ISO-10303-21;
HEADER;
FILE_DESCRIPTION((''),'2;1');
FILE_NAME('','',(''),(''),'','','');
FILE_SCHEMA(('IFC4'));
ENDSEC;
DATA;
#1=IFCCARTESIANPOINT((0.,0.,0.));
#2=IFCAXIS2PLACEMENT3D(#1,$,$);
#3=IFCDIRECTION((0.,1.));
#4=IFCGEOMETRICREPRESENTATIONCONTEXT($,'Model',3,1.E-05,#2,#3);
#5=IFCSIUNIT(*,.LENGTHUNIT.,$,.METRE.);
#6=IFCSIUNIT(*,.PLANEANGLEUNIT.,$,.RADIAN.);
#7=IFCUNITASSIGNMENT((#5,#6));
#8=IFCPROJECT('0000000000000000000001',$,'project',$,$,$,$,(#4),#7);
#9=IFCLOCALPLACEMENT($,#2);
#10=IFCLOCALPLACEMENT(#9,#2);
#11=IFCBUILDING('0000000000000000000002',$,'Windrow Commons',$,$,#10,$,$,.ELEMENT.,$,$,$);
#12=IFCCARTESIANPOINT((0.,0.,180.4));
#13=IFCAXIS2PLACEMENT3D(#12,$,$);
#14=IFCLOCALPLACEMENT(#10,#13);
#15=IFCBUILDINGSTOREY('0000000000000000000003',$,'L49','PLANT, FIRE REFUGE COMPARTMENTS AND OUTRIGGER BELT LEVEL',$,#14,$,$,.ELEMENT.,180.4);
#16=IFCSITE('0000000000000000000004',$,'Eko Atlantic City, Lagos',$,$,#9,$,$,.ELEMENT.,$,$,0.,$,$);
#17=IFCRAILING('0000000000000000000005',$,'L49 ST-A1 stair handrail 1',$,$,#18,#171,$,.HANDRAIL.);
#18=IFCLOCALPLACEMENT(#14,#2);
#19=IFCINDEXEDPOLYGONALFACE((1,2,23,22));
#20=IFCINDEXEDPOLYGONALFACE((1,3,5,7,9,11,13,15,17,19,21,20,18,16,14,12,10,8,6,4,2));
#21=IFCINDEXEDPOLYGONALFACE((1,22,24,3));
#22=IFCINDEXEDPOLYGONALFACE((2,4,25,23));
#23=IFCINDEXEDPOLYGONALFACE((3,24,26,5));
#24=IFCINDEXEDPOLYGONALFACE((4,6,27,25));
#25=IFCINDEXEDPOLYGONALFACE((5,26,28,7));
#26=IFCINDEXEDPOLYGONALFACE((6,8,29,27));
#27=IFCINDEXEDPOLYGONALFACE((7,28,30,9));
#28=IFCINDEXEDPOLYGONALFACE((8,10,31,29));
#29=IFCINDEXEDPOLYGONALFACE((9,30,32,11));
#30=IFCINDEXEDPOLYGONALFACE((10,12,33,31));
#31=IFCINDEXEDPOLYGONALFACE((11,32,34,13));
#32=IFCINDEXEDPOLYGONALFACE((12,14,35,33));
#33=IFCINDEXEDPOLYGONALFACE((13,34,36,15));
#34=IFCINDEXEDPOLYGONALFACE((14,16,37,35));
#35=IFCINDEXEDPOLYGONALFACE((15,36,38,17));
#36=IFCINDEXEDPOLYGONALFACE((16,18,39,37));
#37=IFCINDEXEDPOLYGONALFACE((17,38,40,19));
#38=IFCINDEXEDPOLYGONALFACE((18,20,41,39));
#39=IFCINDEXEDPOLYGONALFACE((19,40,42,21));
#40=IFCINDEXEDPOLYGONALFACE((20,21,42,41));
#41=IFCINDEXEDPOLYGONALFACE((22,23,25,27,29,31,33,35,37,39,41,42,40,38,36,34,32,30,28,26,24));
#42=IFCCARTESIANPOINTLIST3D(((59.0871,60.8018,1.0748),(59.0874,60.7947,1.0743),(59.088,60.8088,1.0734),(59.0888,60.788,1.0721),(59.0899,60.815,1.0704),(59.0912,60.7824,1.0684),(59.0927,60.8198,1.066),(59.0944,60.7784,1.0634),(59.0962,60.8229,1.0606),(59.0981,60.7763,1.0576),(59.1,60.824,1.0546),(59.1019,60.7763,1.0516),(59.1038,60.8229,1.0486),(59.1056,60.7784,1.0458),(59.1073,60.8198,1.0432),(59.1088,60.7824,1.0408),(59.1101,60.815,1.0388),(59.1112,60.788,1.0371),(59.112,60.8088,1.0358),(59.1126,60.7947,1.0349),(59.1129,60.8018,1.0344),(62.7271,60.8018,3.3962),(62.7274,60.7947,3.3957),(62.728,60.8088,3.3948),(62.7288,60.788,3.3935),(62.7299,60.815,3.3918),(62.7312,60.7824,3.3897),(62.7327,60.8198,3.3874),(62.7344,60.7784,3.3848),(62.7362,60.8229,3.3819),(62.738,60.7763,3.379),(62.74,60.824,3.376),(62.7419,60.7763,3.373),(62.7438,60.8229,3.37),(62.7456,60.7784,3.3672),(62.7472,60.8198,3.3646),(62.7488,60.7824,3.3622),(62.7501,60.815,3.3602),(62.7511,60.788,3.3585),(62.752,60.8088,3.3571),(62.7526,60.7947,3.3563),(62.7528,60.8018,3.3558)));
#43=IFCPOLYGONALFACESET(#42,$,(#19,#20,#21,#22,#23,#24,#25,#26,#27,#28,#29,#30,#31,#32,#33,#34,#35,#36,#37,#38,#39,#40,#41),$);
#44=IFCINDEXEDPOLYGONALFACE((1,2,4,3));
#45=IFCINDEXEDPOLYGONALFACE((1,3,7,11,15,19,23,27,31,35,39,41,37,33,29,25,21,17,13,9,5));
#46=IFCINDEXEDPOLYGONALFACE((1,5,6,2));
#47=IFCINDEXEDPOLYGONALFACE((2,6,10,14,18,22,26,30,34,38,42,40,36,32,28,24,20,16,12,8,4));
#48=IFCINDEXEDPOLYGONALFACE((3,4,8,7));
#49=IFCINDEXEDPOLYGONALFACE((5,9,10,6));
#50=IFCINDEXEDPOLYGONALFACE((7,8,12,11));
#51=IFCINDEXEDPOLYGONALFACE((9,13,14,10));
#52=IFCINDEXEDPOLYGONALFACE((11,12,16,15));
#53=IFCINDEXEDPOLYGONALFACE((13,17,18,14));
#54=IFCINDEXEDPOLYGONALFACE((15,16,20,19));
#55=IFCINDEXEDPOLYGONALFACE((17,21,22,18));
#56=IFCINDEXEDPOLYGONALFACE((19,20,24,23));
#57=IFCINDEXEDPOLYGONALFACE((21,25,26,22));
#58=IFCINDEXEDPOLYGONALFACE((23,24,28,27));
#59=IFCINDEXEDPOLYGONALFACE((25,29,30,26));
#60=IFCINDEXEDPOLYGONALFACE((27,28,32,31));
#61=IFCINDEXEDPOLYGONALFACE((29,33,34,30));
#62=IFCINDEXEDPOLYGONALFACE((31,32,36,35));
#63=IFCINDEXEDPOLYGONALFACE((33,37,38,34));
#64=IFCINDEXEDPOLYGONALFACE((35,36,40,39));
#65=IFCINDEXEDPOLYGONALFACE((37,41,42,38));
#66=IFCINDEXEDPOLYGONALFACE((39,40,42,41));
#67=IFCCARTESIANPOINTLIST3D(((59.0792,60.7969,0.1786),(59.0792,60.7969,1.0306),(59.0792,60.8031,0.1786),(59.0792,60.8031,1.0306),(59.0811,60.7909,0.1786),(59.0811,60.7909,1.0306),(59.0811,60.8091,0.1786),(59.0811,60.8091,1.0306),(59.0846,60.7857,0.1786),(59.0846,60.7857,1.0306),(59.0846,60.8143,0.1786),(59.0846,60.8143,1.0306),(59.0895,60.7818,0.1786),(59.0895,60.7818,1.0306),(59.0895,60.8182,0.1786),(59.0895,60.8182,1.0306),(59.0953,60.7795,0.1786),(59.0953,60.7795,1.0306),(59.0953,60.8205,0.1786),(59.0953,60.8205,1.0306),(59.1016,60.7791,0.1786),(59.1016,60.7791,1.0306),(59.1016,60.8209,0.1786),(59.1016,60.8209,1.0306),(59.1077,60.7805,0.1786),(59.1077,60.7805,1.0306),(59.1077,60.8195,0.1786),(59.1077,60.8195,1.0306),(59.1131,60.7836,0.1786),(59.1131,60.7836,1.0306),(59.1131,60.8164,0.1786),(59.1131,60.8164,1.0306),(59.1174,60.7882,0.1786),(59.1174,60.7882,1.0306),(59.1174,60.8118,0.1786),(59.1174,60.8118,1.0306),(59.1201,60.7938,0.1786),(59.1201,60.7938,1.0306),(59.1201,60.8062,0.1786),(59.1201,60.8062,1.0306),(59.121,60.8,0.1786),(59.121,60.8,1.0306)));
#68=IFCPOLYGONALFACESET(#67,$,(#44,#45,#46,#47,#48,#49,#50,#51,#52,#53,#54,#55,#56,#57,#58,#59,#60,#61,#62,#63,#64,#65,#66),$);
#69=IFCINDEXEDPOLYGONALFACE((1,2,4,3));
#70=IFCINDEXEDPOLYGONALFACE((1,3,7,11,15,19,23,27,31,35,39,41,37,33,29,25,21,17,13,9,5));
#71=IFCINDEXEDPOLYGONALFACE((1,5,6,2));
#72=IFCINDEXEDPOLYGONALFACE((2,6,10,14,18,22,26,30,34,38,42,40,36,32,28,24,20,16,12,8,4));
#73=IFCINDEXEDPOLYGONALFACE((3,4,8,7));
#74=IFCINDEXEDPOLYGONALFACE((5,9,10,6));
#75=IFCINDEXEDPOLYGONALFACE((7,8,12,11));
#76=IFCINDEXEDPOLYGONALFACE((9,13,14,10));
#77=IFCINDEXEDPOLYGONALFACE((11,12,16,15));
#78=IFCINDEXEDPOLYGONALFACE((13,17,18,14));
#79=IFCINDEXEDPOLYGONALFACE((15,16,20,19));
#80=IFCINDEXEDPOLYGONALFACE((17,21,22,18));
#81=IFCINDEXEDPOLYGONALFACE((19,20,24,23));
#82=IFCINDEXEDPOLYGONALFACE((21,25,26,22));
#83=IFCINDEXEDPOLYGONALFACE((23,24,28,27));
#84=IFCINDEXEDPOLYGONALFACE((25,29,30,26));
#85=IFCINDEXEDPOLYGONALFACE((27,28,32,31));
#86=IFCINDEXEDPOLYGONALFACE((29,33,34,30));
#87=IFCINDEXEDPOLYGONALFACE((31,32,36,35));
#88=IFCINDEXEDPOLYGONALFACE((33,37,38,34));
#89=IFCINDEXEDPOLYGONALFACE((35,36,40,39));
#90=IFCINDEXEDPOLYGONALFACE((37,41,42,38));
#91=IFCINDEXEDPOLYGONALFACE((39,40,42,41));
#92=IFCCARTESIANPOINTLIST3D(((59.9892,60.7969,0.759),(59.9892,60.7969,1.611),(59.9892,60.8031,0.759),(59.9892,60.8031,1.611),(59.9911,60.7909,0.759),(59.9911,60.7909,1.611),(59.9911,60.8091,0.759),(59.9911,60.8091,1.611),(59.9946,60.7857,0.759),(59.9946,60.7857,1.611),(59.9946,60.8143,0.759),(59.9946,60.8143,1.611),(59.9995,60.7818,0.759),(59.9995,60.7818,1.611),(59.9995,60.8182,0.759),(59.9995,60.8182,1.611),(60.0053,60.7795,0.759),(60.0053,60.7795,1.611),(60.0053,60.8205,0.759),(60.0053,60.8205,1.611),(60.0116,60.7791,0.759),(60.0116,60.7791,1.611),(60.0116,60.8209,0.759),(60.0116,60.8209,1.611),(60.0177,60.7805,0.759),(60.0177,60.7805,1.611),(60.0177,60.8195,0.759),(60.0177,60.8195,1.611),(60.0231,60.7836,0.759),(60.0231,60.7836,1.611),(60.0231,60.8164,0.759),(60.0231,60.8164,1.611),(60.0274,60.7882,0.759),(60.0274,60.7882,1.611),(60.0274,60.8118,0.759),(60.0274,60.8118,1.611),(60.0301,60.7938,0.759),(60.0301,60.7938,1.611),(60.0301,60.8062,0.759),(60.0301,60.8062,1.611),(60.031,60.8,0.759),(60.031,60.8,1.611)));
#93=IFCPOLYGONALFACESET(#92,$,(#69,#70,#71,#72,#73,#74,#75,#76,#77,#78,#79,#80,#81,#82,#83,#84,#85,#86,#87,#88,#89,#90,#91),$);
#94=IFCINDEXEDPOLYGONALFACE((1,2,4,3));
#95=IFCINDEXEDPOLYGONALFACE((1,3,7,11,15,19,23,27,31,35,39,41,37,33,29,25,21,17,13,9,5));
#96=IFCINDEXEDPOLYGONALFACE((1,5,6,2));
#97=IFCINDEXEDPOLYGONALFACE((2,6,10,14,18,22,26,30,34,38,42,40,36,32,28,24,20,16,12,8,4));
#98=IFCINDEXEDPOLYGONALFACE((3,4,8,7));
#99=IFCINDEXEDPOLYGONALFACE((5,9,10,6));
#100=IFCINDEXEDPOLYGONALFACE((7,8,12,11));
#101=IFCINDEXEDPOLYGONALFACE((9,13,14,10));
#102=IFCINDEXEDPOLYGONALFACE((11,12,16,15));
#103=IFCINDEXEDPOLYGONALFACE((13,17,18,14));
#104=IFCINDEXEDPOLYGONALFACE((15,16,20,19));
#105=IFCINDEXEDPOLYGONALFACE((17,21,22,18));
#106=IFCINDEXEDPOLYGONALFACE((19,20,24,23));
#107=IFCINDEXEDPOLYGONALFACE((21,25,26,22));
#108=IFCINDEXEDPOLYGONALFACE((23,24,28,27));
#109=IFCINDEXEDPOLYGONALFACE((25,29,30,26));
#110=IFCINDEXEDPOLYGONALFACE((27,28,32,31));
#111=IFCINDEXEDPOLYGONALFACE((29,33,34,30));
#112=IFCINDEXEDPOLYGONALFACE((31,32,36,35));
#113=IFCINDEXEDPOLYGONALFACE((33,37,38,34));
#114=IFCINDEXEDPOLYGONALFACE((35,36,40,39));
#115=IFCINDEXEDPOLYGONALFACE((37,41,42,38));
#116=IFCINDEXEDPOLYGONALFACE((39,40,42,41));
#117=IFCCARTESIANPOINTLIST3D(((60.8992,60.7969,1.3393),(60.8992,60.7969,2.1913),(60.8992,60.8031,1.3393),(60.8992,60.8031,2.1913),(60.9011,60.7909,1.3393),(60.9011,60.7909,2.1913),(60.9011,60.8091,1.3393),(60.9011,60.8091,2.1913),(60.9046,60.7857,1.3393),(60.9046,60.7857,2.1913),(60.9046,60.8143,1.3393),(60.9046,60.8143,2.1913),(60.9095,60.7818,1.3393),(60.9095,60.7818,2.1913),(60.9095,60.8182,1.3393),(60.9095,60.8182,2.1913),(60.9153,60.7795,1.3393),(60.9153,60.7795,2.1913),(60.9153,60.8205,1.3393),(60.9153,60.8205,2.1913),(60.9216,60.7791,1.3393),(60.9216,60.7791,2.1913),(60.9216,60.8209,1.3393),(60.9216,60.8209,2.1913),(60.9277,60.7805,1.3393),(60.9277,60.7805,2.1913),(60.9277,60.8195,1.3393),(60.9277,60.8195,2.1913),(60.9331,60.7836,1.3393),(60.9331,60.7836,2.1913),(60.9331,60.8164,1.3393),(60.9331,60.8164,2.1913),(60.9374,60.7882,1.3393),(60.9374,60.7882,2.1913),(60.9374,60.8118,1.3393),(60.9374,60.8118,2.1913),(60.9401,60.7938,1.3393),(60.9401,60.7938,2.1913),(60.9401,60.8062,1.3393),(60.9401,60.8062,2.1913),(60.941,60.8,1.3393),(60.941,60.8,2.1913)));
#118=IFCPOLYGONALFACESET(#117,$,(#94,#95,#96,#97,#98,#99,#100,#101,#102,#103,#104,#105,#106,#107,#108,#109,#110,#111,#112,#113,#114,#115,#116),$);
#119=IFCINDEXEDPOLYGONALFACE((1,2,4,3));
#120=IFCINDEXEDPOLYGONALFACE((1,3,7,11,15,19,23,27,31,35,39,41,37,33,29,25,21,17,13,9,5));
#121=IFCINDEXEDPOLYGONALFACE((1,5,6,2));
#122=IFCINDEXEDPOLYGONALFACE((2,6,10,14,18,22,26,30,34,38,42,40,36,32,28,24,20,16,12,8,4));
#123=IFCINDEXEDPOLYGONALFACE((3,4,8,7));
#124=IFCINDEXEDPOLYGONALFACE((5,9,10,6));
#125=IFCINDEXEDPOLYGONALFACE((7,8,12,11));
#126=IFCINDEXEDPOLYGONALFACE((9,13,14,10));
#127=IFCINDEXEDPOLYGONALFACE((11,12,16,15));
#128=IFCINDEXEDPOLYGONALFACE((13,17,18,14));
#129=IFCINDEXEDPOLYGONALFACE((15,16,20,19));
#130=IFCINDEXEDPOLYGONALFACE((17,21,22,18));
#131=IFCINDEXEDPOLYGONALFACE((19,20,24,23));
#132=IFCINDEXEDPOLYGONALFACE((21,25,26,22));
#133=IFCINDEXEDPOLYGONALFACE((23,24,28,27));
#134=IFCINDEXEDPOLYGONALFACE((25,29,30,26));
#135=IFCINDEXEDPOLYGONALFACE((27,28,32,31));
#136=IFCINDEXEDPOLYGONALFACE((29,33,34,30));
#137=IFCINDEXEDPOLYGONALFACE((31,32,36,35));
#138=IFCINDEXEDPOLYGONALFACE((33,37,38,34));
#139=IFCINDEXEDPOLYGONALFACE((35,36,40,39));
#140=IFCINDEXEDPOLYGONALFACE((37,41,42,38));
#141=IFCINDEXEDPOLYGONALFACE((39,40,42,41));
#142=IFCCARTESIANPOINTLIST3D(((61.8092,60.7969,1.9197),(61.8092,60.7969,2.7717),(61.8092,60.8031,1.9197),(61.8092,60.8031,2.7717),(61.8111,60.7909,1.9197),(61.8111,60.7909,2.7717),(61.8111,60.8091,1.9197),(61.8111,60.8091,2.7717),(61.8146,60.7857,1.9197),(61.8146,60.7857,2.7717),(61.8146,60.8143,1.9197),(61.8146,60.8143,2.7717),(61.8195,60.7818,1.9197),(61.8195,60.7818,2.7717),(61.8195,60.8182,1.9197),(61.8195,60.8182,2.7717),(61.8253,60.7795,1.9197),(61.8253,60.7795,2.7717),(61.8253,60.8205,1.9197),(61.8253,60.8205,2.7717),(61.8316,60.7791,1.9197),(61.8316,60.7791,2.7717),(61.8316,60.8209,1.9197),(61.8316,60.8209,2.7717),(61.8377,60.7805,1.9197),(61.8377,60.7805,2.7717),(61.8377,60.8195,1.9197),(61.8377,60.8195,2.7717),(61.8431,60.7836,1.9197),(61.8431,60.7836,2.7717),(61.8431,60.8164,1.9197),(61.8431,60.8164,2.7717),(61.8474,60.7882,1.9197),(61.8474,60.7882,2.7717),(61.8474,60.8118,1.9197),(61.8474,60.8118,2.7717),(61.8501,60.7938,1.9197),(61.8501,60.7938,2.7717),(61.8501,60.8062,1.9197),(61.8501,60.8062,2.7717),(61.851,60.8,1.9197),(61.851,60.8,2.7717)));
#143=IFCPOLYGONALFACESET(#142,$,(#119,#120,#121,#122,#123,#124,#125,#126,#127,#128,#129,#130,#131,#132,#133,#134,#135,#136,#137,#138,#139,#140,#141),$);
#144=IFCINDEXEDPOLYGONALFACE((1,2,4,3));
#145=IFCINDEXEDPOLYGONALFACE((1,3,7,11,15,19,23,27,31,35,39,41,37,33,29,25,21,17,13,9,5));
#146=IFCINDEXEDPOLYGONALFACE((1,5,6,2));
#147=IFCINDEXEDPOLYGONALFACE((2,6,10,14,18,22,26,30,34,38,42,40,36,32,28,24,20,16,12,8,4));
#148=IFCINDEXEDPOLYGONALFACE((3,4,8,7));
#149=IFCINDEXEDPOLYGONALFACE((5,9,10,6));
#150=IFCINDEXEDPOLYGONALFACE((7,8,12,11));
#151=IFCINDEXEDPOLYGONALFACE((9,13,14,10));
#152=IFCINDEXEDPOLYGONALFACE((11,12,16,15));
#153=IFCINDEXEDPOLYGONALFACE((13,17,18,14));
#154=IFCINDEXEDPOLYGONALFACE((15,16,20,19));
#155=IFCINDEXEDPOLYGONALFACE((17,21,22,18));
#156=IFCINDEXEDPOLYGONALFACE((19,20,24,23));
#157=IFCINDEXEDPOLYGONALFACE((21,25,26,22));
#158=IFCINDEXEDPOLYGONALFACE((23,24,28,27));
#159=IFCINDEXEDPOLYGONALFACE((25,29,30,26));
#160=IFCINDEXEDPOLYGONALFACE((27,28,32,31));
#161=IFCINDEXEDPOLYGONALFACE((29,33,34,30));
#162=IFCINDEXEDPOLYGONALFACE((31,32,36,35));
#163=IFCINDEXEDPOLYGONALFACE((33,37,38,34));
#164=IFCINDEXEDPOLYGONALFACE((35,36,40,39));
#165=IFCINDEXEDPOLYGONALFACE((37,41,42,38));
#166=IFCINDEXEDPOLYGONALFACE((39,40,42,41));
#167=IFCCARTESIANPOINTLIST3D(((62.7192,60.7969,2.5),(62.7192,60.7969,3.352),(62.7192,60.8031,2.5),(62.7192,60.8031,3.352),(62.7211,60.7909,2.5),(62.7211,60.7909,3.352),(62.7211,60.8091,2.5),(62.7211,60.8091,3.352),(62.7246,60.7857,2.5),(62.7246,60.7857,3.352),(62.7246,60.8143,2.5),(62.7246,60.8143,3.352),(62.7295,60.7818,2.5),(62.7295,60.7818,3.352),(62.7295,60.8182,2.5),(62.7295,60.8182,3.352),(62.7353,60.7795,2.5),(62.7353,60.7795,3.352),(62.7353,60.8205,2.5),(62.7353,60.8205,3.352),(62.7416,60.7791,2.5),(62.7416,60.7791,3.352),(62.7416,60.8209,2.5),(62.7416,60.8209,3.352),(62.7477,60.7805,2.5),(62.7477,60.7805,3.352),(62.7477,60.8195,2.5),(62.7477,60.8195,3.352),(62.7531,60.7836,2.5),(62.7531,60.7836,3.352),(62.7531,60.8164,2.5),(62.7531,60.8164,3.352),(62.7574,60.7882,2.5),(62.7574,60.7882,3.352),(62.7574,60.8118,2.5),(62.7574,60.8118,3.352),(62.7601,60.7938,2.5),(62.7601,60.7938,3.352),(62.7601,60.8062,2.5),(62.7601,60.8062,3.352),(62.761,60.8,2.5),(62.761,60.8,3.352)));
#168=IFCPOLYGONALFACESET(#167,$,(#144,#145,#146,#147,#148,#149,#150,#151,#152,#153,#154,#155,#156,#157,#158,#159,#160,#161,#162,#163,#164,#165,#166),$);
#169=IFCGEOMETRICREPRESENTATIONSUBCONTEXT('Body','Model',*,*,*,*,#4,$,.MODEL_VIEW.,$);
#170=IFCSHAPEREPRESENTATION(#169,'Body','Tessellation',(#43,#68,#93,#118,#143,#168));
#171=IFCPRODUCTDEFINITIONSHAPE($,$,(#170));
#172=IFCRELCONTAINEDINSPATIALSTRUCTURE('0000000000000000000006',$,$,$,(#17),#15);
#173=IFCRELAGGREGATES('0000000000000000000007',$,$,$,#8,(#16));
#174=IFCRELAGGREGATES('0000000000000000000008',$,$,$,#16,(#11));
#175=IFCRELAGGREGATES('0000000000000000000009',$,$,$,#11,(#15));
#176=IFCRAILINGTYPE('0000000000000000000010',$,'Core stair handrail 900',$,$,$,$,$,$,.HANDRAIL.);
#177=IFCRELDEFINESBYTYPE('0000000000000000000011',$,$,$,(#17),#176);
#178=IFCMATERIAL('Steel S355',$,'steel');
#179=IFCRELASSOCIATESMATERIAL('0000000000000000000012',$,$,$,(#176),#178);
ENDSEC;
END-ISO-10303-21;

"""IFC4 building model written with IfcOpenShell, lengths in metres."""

from ifc_helpers import new_model, si_unit, direction, frame, origin, origin_2d, place, context, subcontext, project, spatial, circle, extrude, material, type_object, element, save


model = new_model("IFC4")

# Units and contexts
model_context = context("Model", 3, precision=1e-05, world=origin(), true_north=direction((0.0, 1.0)))
body_context = subcontext(model_context, "Body", "Model", "MODEL_VIEW")
ifc_project = project(units=[si_unit("LENGTHUNIT", "METRE"), si_unit("PLANEANGLEUNIT", "RADIAN")], contexts=[model_context])

# Site, building, storey
site_placement = place(None, origin())
site = spatial("IfcSite", under=ifc_project, at=site_placement, Name="Eko Atlantic City, Lagos", CompositionType="ELEMENT", RefElevation=0.0)
building_placement = place(site_placement, origin())
building = spatial("IfcBuilding", under=site, at=building_placement, Name="Windrow Commons", CompositionType="ELEMENT")
storey_placement = place(building_placement, frame((0.0, 0.0, 180.4)))
storey = spatial("IfcBuildingStorey", under=building, at=storey_placement, Name="L49", Description="PLANT, FIRE REFUGE COMPARTMENTS AND OUTRIGGER BELT LEVEL", CompositionType="ELEMENT", Elevation=180.4)

# Railing
ifc_material_1 = material(Name="Steel S355", Category="steel")
railing_type_1 = type_object("IfcRailingType", Name="Core stair handrail 900", PredefinedType="HANDRAIL", material=ifc_material_1)
railing_1_placement = place(storey_placement, frame((59.1, 60.8, 0.1786)))
element("IfcRailing", 1, at=railing_1_placement, inside=storey, type_object=railing_type_1, Name="L49 ST-A1 stair handrail 1", PredefinedType="HANDRAIL", context=body_context, shape_type="SweptSolid", body=[
    extrude(circle(Radius=0.024, at=origin_2d()), frame((0.0, 0.0, 0.876), z_axis=(0.843133, 0.0, 0.537706), x_axis=(0.0, 1.0, 0.0)), (0.0, 0.0, 1.0), 4.3172),
    extrude(circle(Radius=0.021, at=origin_2d()), origin(), (0.0, 0.0, 1.0), 0.852),
    extrude(circle(Radius=0.021, at=origin_2d()), frame((0.91, 0.0, 0.5804)), (0.0, 0.0, 1.0), 0.852),
    extrude(circle(Radius=0.021, at=origin_2d()), frame((1.82, 0.0, 1.1607)), (0.0, 0.0, 1.0), 0.852),
    extrude(circle(Radius=0.021, at=origin_2d()), frame((2.73, 0.0, 1.7411)), (0.0, 0.0, 1.0), 0.852),
    extrude(circle(Radius=0.021, at=origin_2d()), frame((3.64, 0.0, 2.3214)), (0.0, 0.0, 1.0), 0.852),
])

save(model, "model.ifc")
